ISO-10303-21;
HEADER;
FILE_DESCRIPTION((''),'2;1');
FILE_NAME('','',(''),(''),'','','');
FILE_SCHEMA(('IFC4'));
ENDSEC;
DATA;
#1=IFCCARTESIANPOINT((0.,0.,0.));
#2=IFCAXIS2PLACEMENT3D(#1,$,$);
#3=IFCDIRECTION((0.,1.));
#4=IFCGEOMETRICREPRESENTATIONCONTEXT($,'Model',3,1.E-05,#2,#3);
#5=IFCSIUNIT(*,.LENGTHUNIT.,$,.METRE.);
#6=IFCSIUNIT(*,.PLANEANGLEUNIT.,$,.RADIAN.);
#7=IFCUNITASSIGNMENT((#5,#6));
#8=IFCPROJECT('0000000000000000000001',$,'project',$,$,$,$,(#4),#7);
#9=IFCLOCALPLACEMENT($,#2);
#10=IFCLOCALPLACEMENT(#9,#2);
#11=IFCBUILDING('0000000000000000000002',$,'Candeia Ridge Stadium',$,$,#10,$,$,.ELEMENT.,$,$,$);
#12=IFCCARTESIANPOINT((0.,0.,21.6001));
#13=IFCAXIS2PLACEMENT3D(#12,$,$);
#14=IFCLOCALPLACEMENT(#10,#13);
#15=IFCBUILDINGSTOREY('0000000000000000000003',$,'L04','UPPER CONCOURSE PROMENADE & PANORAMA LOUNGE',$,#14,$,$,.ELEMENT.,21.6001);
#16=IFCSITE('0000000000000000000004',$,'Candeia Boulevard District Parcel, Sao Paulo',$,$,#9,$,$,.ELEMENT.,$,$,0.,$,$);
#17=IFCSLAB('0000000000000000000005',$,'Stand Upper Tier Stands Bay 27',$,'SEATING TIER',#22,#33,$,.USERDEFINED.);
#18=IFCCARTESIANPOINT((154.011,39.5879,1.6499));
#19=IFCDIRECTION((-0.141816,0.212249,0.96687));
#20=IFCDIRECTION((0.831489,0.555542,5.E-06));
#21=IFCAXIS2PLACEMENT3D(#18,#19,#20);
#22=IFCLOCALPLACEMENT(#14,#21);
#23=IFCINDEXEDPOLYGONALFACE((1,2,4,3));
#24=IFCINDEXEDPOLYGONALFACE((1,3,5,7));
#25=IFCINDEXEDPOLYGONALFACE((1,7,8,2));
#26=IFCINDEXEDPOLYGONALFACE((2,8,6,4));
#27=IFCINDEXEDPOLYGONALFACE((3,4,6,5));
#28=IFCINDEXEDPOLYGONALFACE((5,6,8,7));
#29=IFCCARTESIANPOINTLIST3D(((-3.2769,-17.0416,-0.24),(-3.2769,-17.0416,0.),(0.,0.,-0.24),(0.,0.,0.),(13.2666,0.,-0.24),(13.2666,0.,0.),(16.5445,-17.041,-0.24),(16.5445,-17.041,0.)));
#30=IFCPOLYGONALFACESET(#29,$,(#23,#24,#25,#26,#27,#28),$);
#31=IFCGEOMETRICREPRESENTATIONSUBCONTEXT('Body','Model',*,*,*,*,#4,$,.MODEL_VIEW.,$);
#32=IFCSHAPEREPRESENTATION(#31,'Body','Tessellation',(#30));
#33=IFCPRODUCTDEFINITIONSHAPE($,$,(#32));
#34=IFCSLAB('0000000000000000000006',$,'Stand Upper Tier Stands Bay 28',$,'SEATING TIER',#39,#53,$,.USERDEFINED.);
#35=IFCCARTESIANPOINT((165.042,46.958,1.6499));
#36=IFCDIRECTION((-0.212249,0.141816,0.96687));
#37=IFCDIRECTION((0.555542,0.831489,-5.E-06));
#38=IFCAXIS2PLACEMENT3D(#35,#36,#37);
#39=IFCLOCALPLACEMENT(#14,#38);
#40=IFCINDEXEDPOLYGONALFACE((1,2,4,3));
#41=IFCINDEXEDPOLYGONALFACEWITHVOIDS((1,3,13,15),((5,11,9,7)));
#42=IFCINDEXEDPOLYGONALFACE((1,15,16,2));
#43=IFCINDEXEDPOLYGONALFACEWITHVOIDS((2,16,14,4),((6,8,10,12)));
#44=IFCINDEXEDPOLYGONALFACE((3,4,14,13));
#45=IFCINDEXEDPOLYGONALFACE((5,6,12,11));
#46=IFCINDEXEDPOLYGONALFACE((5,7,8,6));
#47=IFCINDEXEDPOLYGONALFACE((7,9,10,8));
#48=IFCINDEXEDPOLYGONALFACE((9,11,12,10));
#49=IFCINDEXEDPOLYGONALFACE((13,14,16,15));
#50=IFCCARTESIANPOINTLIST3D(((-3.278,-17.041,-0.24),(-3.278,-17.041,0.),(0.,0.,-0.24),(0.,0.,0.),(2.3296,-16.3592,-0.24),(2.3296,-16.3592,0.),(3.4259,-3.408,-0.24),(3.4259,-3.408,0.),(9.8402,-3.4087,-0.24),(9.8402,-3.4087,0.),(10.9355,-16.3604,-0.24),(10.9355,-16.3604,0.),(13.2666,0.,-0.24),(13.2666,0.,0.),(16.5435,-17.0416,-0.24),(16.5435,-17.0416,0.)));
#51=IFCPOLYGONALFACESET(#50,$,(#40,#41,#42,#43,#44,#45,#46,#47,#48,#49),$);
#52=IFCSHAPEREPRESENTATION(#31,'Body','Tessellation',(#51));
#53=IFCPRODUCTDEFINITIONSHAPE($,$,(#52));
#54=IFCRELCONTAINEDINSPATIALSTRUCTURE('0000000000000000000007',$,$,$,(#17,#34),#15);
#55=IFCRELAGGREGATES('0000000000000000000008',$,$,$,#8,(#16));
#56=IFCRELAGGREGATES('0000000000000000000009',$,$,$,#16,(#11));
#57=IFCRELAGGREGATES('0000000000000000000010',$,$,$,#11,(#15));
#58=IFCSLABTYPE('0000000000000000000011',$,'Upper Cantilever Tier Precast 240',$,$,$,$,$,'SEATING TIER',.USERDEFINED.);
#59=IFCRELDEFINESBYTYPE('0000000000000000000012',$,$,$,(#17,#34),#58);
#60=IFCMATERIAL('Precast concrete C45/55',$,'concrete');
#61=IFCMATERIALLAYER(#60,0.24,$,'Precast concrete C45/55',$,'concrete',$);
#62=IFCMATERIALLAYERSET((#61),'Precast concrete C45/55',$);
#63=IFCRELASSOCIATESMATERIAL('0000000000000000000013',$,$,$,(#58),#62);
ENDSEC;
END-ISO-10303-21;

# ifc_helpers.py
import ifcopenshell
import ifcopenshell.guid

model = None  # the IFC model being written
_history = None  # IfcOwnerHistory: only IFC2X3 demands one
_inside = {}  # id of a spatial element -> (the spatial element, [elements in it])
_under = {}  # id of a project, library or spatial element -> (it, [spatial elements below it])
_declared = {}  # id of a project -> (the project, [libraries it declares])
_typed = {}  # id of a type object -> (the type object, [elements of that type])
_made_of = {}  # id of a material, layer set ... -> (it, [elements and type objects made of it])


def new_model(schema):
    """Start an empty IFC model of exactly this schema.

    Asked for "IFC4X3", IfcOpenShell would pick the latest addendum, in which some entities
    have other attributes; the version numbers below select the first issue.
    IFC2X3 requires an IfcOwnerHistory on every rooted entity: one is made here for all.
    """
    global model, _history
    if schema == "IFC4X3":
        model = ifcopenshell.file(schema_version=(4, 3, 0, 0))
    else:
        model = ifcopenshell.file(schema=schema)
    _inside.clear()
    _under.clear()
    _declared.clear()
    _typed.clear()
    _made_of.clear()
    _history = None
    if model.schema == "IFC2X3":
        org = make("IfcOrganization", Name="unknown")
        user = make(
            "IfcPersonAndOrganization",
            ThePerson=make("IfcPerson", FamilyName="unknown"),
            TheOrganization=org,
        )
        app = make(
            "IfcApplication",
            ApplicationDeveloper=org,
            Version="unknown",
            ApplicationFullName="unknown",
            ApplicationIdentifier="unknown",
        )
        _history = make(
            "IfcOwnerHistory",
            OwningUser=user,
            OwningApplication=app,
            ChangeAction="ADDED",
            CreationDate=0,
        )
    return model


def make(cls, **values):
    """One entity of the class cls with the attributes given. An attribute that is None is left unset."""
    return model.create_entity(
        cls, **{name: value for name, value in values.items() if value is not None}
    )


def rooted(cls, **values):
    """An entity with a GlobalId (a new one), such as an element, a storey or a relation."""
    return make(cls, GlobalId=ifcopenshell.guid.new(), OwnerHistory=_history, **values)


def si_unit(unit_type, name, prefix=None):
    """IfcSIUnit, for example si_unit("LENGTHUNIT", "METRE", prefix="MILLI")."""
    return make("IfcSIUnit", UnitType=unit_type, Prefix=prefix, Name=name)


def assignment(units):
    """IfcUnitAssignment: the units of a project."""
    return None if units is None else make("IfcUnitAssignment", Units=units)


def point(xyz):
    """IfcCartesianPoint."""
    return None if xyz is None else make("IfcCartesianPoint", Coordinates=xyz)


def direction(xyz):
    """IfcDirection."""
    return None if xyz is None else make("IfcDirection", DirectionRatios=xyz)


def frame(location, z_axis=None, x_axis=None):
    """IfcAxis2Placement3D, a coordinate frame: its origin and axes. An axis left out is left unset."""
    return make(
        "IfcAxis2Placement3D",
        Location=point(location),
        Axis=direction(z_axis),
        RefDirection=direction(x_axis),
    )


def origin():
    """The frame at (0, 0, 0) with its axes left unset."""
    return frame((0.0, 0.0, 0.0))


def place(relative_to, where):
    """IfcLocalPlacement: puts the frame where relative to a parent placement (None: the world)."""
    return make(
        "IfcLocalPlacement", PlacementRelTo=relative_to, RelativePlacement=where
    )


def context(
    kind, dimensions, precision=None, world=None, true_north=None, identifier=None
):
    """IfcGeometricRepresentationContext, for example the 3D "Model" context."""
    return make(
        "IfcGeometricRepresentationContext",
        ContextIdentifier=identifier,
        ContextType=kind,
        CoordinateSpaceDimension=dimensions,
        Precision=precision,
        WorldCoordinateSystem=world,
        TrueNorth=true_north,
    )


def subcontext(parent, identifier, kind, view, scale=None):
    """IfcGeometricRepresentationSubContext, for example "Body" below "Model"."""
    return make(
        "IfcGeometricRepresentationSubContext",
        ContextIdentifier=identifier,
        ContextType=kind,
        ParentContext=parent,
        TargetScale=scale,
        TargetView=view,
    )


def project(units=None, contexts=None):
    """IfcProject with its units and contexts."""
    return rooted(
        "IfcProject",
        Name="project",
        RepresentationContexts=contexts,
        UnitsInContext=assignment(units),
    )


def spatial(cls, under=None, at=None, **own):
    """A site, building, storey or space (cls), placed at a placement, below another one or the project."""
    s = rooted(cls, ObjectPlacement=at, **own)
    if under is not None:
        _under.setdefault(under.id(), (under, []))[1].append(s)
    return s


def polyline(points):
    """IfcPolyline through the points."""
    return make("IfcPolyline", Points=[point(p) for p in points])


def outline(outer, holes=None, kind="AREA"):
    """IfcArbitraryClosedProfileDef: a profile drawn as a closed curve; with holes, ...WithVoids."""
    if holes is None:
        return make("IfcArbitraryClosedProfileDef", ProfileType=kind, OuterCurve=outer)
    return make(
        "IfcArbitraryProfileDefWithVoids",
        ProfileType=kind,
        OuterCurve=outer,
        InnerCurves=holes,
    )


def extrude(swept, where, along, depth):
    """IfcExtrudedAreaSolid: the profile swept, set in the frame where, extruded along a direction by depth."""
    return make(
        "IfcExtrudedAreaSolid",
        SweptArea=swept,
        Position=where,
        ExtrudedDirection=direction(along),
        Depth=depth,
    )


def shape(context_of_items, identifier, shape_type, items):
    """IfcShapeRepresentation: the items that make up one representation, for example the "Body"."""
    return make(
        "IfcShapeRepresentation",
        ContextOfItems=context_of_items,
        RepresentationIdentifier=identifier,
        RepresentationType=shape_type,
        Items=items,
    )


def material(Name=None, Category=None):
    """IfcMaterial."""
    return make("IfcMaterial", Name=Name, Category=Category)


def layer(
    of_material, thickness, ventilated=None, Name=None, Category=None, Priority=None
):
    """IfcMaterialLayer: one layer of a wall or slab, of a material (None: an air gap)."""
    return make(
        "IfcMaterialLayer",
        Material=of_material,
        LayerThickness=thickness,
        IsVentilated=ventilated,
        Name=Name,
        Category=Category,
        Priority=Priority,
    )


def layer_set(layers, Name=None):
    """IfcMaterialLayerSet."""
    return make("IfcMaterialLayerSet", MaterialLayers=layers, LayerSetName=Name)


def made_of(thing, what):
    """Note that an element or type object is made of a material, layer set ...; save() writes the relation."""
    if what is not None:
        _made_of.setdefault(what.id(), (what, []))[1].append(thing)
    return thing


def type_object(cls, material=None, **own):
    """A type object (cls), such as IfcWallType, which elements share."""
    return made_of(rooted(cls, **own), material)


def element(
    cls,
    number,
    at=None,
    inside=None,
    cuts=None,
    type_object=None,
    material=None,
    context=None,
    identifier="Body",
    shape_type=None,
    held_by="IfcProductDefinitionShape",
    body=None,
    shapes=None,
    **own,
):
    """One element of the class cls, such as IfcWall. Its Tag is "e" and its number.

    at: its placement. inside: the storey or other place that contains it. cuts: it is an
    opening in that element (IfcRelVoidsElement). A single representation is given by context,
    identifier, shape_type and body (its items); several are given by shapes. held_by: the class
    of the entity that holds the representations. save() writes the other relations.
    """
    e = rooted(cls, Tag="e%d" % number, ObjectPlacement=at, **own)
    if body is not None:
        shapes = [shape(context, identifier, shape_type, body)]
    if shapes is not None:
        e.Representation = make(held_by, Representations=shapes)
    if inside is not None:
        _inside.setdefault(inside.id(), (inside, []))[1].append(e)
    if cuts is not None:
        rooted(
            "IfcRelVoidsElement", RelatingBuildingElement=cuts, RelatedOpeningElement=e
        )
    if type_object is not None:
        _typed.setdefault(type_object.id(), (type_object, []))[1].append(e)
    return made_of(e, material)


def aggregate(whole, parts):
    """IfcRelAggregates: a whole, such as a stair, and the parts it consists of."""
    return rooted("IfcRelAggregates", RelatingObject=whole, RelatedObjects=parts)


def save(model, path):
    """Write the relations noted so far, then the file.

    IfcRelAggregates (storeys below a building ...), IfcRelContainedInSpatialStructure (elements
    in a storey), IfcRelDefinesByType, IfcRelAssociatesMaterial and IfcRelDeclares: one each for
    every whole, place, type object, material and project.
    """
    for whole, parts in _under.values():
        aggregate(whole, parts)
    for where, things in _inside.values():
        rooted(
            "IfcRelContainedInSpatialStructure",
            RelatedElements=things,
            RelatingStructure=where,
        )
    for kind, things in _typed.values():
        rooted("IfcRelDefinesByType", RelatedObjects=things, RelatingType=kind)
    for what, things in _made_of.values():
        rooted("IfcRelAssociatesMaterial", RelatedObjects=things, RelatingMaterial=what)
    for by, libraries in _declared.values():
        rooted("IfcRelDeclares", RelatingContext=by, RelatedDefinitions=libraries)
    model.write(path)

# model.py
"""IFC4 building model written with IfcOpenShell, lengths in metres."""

from ifc_helpers import new_model, si_unit, direction, frame, origin, place, context, subcontext, project, spatial, polyline, outline, extrude, material, layer, layer_set, type_object, element, save


model = new_model("IFC4")

# Units and contexts
model_context = context("Model", 3, precision=1e-05, world=origin(), true_north=direction((0.0, 1.0)))
body_context = subcontext(model_context, "Body", "Model", "MODEL_VIEW")
ifc_project = project(units=[si_unit("LENGTHUNIT", "METRE"), si_unit("PLANEANGLEUNIT", "RADIAN")], contexts=[model_context])

# Site, building, storey
site_placement = place(None, origin())
site = spatial("IfcSite", under=ifc_project, at=site_placement, Name="Candeia Boulevard District Parcel, Sao Paulo", CompositionType="ELEMENT", RefElevation=0.0)
building_placement = place(site_placement, origin())
building = spatial("IfcBuilding", under=site, at=building_placement, Name="Candeia Ridge Stadium", CompositionType="ELEMENT")
storey_placement = place(building_placement, frame((0.0, 0.0, 21.6001)))
storey = spatial("IfcBuildingStorey", under=building, at=storey_placement, Name="L04", Description="UPPER CONCOURSE PROMENADE & PANORAMA LOUNGE", CompositionType="ELEMENT", Elevation=21.6001)

# Slabs
ifc_material_1 = material(Name="Precast concrete C45/55", Category="concrete")
ifc_layer_1 = layer(ifc_material_1, 0.24, Name="Precast concrete C45/55", Category="concrete")
ifc_layer_set_1 = layer_set([ifc_layer_1], Name="Precast concrete C45/55")
slab_type = type_object("IfcSlabType", Name="Upper Cantilever Tier Precast 240", ElementType="SEATING TIER", PredefinedType="USERDEFINED", material=ifc_layer_set_1)
slab_1_placement = place(storey_placement, frame((154.011, 39.5879, 1.6499), z_axis=(-0.141816, 0.212249, 0.96687), x_axis=(0.831489, 0.555542, 0.000005)))
element("IfcSlab", 1, at=slab_1_placement, inside=storey, type_object=slab_type, Name="Stand Upper Tier Stands Bay 27", ObjectType="SEATING TIER", PredefinedType="USERDEFINED", context=body_context, shape_type="SweptSolid", body=[
    extrude(outline(polyline([(0.0, 0.0), (13.2666, 0.0), (16.5445, -17.041), (-3.2769, -17.0416), (0.0, 0.0)])), origin(), (0.0, 0.0, -1.0), 0.24),
])
slab_2_placement = place(storey_placement, frame((165.042, 46.958, 1.6499), z_axis=(-0.212249, 0.141816, 0.96687), x_axis=(0.555542, 0.831489, -0.000005)))
element("IfcSlab", 2, at=slab_2_placement, inside=storey, type_object=slab_type, Name="Stand Upper Tier Stands Bay 28", ObjectType="SEATING TIER", PredefinedType="USERDEFINED", context=body_context, shape_type="SweptSolid", body=[
    extrude(outline(polyline([(0.0, 0.0), (13.2666, 0.0), (16.5435, -17.0416), (-3.278, -17.041), (0.0, 0.0)]), holes=[polyline([(3.4259, -3.408), (9.8402, -3.4087), (10.9355, -16.3604), (2.3296, -16.3592), (3.4259, -3.408)])]), origin(), (0.0, 0.0, -1.0), 0.24),
])

save(model, "model.ifc")
